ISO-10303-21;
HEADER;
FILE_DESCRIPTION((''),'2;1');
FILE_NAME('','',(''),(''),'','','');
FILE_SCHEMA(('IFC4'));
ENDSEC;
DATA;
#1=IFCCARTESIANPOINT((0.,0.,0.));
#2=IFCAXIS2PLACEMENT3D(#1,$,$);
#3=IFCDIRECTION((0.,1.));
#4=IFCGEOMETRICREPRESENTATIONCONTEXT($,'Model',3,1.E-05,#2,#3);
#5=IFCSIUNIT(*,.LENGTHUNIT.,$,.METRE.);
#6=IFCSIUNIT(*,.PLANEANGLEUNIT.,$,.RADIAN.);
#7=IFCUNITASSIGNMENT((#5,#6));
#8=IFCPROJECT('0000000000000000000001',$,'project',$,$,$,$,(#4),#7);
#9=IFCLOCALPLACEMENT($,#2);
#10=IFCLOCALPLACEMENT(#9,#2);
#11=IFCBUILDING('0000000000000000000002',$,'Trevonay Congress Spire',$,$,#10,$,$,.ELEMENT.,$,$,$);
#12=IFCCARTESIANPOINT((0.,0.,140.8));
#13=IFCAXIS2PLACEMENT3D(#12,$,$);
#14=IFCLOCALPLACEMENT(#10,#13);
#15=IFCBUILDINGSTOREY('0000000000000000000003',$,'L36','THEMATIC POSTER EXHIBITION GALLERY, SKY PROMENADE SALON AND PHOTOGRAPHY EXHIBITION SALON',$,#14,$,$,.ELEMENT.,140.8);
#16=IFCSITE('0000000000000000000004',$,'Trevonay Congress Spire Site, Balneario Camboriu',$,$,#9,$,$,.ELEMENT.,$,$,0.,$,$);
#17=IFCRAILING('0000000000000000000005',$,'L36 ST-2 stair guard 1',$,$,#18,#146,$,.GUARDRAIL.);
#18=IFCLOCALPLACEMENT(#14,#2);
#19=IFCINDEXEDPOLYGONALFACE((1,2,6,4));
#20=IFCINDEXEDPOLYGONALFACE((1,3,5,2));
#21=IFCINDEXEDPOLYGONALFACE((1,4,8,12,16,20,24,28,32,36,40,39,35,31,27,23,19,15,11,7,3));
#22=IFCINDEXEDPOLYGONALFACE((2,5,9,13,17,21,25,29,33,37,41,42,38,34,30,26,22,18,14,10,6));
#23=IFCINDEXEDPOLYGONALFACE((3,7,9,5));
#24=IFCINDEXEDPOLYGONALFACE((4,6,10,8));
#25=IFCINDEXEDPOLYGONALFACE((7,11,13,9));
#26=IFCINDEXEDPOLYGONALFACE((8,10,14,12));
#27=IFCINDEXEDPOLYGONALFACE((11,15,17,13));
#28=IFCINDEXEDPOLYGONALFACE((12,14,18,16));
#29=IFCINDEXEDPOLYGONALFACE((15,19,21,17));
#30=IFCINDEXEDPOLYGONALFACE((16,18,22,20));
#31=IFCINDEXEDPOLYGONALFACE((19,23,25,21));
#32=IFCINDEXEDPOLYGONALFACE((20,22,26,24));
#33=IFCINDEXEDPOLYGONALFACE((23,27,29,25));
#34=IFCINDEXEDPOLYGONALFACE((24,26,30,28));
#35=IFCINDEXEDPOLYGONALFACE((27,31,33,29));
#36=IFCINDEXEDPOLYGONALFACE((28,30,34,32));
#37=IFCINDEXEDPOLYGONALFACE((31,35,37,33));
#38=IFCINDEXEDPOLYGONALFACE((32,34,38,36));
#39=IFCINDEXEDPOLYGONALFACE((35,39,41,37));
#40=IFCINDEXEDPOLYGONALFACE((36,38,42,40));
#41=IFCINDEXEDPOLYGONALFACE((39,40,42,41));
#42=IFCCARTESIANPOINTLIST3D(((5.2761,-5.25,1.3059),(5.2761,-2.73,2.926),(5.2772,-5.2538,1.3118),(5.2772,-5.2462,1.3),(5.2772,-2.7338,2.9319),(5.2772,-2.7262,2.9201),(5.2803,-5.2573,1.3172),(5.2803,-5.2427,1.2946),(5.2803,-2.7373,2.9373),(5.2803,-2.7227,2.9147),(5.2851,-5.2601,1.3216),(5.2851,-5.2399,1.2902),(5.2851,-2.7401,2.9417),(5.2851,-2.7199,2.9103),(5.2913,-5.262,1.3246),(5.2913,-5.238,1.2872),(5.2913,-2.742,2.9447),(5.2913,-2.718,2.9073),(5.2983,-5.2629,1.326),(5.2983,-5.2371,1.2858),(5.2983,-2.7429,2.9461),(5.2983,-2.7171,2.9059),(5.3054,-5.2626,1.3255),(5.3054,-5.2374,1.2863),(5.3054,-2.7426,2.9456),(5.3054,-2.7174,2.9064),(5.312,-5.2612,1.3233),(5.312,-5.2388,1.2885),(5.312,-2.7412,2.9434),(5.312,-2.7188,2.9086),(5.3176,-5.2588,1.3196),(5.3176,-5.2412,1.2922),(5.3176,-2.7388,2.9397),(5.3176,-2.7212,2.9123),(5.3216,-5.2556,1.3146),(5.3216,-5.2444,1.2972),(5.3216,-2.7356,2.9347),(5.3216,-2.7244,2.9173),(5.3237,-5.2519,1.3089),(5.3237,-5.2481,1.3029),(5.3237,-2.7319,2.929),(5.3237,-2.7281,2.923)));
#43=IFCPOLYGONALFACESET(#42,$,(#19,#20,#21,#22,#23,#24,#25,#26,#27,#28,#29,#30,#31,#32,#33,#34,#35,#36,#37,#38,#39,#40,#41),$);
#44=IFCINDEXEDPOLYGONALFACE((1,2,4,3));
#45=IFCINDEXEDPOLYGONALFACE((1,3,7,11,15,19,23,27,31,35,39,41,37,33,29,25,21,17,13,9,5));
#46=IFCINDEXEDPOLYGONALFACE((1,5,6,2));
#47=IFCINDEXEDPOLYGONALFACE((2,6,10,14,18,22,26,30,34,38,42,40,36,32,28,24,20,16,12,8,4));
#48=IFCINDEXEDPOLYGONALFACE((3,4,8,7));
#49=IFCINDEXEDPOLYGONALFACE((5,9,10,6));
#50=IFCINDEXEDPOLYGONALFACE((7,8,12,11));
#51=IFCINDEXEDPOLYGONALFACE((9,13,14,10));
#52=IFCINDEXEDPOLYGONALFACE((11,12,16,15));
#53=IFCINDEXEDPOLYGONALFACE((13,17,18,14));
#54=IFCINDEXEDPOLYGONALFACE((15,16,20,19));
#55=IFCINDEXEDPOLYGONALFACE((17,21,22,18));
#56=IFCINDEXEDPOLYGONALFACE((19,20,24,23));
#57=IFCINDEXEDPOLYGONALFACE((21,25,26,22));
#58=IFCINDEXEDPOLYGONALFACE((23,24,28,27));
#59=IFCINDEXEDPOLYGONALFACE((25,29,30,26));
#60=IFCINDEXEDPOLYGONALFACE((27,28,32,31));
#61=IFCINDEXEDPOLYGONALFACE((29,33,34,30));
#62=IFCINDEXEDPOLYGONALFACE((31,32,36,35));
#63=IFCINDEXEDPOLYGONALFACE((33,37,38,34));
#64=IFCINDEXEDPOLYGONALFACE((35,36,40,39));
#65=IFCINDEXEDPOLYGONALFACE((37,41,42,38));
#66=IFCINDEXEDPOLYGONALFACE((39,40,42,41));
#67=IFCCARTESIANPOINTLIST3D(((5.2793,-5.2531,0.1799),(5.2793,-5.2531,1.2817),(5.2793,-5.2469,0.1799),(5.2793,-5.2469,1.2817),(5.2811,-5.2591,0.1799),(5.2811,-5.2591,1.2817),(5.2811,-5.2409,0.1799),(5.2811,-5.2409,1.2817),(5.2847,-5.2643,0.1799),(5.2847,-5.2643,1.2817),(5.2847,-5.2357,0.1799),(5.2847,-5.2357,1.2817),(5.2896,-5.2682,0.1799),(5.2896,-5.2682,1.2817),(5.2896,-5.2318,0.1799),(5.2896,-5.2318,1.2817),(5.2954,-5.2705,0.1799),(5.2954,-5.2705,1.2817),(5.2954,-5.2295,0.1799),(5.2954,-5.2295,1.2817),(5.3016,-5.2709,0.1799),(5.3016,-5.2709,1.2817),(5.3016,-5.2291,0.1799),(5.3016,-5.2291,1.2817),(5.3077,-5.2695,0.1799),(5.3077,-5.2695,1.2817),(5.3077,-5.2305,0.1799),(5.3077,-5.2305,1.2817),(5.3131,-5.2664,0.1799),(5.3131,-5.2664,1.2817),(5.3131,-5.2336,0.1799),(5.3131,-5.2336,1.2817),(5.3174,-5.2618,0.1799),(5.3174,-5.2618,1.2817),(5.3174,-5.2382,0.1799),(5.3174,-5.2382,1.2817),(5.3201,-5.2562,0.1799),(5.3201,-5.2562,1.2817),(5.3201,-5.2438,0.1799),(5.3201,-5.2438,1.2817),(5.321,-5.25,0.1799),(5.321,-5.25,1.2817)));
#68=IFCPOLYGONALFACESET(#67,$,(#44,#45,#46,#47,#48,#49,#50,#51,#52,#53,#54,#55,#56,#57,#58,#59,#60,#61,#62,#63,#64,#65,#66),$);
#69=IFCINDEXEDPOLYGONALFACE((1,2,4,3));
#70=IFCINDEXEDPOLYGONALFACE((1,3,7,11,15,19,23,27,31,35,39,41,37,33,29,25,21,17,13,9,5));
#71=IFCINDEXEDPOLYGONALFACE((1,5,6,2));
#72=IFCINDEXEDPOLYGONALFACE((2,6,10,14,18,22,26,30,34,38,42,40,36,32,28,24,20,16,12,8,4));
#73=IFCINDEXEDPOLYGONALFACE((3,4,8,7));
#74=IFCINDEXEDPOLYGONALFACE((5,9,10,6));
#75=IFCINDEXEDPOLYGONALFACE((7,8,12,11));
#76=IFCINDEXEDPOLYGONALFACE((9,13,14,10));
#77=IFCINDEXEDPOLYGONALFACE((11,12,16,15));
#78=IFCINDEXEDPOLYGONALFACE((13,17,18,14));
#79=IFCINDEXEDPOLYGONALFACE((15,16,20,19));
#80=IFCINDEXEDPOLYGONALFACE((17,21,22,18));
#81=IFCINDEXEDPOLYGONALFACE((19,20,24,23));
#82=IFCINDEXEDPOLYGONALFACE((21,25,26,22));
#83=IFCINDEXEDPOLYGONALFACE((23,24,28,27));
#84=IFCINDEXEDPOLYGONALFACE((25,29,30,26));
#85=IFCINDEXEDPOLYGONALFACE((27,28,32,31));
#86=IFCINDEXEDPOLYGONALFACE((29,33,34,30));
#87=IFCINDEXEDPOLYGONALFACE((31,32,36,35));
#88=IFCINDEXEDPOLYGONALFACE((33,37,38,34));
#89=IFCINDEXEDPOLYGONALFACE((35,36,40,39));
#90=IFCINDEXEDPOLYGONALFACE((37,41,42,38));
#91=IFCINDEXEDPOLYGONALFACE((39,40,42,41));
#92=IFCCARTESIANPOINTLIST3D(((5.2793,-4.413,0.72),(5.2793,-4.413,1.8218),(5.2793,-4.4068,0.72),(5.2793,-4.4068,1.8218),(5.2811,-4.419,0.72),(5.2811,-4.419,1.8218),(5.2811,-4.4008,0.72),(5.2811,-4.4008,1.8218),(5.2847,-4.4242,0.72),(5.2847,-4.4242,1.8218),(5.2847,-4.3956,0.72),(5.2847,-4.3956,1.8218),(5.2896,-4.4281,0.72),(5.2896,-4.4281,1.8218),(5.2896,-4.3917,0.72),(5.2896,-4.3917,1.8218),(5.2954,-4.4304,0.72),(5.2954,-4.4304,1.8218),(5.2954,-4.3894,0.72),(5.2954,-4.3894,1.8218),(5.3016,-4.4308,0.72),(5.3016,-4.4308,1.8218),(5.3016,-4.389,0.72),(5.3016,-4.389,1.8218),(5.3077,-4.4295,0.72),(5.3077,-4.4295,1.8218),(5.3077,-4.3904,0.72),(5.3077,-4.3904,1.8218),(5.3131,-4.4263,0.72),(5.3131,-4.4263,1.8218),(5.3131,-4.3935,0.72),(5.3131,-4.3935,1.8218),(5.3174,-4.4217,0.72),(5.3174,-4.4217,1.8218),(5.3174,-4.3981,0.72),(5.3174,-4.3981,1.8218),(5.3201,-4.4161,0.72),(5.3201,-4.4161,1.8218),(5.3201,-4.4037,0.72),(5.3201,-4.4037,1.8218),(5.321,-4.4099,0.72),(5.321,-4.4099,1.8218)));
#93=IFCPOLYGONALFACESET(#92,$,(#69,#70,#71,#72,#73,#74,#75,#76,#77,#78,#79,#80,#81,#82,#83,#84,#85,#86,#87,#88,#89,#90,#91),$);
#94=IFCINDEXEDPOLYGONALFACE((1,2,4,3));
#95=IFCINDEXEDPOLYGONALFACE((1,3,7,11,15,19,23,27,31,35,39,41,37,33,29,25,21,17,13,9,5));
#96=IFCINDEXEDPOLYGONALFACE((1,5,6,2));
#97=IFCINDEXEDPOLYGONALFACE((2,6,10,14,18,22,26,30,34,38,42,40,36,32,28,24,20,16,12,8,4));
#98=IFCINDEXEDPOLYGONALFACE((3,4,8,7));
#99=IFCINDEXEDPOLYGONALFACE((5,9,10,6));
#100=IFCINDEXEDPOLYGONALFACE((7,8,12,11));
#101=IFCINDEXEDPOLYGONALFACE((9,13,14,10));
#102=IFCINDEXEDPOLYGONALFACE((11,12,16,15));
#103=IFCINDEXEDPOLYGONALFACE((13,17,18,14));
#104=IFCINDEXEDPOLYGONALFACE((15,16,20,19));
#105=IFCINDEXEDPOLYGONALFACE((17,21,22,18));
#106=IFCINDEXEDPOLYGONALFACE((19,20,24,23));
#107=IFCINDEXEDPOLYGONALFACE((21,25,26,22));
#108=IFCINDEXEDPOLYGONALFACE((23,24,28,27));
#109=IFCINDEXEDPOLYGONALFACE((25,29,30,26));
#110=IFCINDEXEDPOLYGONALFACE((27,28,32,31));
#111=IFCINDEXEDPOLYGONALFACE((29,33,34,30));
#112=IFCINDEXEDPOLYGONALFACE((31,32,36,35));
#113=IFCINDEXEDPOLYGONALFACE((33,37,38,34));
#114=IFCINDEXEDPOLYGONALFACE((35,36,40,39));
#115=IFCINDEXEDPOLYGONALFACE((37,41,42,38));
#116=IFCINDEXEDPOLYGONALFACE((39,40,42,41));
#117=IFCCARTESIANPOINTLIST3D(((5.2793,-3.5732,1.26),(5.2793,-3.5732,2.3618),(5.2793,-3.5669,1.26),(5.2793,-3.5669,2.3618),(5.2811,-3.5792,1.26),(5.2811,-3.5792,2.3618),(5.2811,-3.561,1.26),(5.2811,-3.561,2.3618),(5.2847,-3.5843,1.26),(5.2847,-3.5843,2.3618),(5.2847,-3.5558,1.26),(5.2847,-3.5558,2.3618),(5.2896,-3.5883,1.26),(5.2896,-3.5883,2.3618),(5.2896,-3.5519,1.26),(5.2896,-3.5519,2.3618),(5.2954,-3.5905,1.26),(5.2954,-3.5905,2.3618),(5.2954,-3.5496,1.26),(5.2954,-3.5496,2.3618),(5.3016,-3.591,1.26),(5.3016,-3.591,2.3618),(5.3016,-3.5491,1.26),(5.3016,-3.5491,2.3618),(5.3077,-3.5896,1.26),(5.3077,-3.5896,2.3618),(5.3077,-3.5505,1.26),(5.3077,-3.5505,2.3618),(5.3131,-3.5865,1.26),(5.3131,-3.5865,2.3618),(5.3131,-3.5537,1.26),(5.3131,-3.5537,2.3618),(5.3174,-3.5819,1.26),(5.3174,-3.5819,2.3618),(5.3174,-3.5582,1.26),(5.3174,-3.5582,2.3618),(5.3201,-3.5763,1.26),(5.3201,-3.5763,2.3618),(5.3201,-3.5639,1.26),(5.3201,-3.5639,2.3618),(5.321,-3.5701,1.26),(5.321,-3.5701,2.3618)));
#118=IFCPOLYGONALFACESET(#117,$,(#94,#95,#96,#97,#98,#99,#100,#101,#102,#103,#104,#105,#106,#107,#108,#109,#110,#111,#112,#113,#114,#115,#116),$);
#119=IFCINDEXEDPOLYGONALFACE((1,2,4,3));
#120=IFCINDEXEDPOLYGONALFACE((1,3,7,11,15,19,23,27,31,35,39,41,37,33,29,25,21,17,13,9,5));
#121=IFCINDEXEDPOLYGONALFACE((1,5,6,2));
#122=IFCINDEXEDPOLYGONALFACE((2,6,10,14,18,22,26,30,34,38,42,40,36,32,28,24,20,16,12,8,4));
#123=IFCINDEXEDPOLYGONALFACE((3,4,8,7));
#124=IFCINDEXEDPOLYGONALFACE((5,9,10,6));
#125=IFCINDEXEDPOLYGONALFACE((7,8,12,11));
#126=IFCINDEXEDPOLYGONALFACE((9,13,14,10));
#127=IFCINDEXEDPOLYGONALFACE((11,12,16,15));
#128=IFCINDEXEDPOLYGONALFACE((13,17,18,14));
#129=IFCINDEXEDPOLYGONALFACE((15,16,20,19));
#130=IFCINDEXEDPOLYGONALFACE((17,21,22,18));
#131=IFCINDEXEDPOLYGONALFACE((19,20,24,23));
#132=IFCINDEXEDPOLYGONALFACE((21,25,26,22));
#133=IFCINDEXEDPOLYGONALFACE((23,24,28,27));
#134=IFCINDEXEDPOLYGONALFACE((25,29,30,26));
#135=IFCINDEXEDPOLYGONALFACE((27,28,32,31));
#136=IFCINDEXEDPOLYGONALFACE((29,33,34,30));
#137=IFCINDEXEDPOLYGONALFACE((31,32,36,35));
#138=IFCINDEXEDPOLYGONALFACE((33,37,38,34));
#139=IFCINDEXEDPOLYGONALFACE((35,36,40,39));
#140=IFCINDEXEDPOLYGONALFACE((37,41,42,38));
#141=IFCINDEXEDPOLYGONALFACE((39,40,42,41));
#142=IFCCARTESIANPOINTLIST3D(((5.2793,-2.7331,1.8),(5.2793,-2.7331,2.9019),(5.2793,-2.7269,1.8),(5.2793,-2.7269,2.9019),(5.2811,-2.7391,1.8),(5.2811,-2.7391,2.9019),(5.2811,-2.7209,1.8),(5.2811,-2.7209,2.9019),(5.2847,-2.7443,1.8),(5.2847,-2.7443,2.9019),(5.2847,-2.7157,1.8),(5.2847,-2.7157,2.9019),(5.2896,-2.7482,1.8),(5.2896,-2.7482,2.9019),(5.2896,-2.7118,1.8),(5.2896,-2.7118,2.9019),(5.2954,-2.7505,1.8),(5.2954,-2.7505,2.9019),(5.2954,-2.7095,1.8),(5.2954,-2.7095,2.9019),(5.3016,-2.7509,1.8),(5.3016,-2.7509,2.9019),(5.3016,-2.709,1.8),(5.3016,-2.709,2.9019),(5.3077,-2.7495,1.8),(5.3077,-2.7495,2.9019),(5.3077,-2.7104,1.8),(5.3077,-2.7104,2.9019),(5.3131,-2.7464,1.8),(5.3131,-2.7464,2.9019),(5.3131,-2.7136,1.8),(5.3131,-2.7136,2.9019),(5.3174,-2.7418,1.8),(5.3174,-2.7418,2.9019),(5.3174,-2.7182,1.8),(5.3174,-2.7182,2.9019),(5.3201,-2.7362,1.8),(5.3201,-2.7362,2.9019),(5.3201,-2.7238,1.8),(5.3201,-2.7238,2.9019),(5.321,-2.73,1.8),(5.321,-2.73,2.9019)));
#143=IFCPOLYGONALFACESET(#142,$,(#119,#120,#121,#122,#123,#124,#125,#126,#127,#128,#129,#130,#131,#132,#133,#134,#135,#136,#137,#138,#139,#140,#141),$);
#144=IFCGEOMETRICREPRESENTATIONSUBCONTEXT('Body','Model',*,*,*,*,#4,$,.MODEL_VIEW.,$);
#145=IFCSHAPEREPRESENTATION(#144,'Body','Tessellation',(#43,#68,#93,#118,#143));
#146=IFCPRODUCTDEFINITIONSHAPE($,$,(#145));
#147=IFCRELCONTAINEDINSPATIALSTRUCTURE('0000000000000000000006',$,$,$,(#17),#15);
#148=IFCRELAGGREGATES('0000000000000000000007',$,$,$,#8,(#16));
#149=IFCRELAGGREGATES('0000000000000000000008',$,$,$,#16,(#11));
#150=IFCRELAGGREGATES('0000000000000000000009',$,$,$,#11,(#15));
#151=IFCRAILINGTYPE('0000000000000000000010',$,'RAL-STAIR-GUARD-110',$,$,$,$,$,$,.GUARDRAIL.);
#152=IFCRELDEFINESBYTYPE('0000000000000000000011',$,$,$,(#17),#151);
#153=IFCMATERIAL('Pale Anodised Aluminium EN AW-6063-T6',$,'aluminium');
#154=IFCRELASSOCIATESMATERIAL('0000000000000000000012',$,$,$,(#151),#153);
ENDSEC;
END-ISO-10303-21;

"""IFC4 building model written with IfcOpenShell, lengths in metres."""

from ifc_helpers import new_model, si_unit, direction, frame, origin, origin_2d, place, context, subcontext, project, spatial, circle, extrude, material, type_object, element, save


model = new_model("IFC4")

# Units and contexts
model_context = context("Model", 3, precision=1e-05, world=origin(), true_north=direction((0.0, 1.0)))
body_context = subcontext(model_context, "Body", "Model", "MODEL_VIEW")
ifc_project = project(units=[si_unit("LENGTHUNIT", "METRE"), si_unit("PLANEANGLEUNIT", "RADIAN")], contexts=[model_context])

# Site, building, storey
site_placement = place(None, origin())
site = spatial("IfcSite", under=ifc_project, at=site_placement, Name="Trevonay Congress Spire Site, Balneario Camboriu", CompositionType="ELEMENT", RefElevation=0.0)
building_placement = place(site_placement, origin())
building = spatial("IfcBuilding", under=site, at=building_placement, Name="Trevonay Congress Spire", CompositionType="ELEMENT")
storey_placement = place(building_placement, frame((0.0, 0.0, 140.8)))
storey = spatial("IfcBuildingStorey", under=building, at=storey_placement, Name="L36", Description="THEMATIC POSTER EXHIBITION GALLERY, SKY PROMENADE SALON AND PHOTOGRAPHY EXHIBITION SALON", CompositionType="ELEMENT", Elevation=140.8)

# Shared definitions
ifc_material_1 = material(Name="Pale Anodised Aluminium EN AW-6063-T6", Category="aluminium")

# Railing
railing_type_1 = type_object("IfcRailingType", Name="RAL-STAIR-GUARD-110", PredefinedType="GUARDRAIL", material=ifc_material_1)
railing_1_placement = place(storey_placement, frame((5.3, -5.25, 0.1799)))
element("IfcRailing", 1, at=railing_1_placement, inside=storey, type_object=railing_type_1, Name="L36 ST-2 stair guard 1", PredefinedType="GUARDRAIL", context=body_context, shape_type="SweptSolid", body=[
    extrude(circle(Radius=0.0239, at=origin_2d()), frame((0.0, 0.0, 1.126), z_axis=(0.0, 0.841163, 0.540782), x_axis=(-1.0, 0.0, 0.0)), (0.0, 0.0, 1.0), 2.9958),
    extrude(circle(Radius=0.021, at=origin_2d()), origin(), (0.0, 0.0, 1.0), 1.1018),
    extrude(circle(Radius=0.021, at=origin_2d()), frame((0.0, 0.8401, 0.54)), (0.0, 0.0, 1.0), 1.1018),
    extrude(circle(Radius=0.021, at=origin_2d()), frame((0.0, 1.6799, 1.0801)), (0.0, 0.0, 1.0), 1.1018),
    extrude(circle(Radius=0.021, at=origin_2d()), frame((0.0, 2.52, 1.6201)), (0.0, 0.0, 1.0), 1.1018),
])

save(model, "model.ifc")
